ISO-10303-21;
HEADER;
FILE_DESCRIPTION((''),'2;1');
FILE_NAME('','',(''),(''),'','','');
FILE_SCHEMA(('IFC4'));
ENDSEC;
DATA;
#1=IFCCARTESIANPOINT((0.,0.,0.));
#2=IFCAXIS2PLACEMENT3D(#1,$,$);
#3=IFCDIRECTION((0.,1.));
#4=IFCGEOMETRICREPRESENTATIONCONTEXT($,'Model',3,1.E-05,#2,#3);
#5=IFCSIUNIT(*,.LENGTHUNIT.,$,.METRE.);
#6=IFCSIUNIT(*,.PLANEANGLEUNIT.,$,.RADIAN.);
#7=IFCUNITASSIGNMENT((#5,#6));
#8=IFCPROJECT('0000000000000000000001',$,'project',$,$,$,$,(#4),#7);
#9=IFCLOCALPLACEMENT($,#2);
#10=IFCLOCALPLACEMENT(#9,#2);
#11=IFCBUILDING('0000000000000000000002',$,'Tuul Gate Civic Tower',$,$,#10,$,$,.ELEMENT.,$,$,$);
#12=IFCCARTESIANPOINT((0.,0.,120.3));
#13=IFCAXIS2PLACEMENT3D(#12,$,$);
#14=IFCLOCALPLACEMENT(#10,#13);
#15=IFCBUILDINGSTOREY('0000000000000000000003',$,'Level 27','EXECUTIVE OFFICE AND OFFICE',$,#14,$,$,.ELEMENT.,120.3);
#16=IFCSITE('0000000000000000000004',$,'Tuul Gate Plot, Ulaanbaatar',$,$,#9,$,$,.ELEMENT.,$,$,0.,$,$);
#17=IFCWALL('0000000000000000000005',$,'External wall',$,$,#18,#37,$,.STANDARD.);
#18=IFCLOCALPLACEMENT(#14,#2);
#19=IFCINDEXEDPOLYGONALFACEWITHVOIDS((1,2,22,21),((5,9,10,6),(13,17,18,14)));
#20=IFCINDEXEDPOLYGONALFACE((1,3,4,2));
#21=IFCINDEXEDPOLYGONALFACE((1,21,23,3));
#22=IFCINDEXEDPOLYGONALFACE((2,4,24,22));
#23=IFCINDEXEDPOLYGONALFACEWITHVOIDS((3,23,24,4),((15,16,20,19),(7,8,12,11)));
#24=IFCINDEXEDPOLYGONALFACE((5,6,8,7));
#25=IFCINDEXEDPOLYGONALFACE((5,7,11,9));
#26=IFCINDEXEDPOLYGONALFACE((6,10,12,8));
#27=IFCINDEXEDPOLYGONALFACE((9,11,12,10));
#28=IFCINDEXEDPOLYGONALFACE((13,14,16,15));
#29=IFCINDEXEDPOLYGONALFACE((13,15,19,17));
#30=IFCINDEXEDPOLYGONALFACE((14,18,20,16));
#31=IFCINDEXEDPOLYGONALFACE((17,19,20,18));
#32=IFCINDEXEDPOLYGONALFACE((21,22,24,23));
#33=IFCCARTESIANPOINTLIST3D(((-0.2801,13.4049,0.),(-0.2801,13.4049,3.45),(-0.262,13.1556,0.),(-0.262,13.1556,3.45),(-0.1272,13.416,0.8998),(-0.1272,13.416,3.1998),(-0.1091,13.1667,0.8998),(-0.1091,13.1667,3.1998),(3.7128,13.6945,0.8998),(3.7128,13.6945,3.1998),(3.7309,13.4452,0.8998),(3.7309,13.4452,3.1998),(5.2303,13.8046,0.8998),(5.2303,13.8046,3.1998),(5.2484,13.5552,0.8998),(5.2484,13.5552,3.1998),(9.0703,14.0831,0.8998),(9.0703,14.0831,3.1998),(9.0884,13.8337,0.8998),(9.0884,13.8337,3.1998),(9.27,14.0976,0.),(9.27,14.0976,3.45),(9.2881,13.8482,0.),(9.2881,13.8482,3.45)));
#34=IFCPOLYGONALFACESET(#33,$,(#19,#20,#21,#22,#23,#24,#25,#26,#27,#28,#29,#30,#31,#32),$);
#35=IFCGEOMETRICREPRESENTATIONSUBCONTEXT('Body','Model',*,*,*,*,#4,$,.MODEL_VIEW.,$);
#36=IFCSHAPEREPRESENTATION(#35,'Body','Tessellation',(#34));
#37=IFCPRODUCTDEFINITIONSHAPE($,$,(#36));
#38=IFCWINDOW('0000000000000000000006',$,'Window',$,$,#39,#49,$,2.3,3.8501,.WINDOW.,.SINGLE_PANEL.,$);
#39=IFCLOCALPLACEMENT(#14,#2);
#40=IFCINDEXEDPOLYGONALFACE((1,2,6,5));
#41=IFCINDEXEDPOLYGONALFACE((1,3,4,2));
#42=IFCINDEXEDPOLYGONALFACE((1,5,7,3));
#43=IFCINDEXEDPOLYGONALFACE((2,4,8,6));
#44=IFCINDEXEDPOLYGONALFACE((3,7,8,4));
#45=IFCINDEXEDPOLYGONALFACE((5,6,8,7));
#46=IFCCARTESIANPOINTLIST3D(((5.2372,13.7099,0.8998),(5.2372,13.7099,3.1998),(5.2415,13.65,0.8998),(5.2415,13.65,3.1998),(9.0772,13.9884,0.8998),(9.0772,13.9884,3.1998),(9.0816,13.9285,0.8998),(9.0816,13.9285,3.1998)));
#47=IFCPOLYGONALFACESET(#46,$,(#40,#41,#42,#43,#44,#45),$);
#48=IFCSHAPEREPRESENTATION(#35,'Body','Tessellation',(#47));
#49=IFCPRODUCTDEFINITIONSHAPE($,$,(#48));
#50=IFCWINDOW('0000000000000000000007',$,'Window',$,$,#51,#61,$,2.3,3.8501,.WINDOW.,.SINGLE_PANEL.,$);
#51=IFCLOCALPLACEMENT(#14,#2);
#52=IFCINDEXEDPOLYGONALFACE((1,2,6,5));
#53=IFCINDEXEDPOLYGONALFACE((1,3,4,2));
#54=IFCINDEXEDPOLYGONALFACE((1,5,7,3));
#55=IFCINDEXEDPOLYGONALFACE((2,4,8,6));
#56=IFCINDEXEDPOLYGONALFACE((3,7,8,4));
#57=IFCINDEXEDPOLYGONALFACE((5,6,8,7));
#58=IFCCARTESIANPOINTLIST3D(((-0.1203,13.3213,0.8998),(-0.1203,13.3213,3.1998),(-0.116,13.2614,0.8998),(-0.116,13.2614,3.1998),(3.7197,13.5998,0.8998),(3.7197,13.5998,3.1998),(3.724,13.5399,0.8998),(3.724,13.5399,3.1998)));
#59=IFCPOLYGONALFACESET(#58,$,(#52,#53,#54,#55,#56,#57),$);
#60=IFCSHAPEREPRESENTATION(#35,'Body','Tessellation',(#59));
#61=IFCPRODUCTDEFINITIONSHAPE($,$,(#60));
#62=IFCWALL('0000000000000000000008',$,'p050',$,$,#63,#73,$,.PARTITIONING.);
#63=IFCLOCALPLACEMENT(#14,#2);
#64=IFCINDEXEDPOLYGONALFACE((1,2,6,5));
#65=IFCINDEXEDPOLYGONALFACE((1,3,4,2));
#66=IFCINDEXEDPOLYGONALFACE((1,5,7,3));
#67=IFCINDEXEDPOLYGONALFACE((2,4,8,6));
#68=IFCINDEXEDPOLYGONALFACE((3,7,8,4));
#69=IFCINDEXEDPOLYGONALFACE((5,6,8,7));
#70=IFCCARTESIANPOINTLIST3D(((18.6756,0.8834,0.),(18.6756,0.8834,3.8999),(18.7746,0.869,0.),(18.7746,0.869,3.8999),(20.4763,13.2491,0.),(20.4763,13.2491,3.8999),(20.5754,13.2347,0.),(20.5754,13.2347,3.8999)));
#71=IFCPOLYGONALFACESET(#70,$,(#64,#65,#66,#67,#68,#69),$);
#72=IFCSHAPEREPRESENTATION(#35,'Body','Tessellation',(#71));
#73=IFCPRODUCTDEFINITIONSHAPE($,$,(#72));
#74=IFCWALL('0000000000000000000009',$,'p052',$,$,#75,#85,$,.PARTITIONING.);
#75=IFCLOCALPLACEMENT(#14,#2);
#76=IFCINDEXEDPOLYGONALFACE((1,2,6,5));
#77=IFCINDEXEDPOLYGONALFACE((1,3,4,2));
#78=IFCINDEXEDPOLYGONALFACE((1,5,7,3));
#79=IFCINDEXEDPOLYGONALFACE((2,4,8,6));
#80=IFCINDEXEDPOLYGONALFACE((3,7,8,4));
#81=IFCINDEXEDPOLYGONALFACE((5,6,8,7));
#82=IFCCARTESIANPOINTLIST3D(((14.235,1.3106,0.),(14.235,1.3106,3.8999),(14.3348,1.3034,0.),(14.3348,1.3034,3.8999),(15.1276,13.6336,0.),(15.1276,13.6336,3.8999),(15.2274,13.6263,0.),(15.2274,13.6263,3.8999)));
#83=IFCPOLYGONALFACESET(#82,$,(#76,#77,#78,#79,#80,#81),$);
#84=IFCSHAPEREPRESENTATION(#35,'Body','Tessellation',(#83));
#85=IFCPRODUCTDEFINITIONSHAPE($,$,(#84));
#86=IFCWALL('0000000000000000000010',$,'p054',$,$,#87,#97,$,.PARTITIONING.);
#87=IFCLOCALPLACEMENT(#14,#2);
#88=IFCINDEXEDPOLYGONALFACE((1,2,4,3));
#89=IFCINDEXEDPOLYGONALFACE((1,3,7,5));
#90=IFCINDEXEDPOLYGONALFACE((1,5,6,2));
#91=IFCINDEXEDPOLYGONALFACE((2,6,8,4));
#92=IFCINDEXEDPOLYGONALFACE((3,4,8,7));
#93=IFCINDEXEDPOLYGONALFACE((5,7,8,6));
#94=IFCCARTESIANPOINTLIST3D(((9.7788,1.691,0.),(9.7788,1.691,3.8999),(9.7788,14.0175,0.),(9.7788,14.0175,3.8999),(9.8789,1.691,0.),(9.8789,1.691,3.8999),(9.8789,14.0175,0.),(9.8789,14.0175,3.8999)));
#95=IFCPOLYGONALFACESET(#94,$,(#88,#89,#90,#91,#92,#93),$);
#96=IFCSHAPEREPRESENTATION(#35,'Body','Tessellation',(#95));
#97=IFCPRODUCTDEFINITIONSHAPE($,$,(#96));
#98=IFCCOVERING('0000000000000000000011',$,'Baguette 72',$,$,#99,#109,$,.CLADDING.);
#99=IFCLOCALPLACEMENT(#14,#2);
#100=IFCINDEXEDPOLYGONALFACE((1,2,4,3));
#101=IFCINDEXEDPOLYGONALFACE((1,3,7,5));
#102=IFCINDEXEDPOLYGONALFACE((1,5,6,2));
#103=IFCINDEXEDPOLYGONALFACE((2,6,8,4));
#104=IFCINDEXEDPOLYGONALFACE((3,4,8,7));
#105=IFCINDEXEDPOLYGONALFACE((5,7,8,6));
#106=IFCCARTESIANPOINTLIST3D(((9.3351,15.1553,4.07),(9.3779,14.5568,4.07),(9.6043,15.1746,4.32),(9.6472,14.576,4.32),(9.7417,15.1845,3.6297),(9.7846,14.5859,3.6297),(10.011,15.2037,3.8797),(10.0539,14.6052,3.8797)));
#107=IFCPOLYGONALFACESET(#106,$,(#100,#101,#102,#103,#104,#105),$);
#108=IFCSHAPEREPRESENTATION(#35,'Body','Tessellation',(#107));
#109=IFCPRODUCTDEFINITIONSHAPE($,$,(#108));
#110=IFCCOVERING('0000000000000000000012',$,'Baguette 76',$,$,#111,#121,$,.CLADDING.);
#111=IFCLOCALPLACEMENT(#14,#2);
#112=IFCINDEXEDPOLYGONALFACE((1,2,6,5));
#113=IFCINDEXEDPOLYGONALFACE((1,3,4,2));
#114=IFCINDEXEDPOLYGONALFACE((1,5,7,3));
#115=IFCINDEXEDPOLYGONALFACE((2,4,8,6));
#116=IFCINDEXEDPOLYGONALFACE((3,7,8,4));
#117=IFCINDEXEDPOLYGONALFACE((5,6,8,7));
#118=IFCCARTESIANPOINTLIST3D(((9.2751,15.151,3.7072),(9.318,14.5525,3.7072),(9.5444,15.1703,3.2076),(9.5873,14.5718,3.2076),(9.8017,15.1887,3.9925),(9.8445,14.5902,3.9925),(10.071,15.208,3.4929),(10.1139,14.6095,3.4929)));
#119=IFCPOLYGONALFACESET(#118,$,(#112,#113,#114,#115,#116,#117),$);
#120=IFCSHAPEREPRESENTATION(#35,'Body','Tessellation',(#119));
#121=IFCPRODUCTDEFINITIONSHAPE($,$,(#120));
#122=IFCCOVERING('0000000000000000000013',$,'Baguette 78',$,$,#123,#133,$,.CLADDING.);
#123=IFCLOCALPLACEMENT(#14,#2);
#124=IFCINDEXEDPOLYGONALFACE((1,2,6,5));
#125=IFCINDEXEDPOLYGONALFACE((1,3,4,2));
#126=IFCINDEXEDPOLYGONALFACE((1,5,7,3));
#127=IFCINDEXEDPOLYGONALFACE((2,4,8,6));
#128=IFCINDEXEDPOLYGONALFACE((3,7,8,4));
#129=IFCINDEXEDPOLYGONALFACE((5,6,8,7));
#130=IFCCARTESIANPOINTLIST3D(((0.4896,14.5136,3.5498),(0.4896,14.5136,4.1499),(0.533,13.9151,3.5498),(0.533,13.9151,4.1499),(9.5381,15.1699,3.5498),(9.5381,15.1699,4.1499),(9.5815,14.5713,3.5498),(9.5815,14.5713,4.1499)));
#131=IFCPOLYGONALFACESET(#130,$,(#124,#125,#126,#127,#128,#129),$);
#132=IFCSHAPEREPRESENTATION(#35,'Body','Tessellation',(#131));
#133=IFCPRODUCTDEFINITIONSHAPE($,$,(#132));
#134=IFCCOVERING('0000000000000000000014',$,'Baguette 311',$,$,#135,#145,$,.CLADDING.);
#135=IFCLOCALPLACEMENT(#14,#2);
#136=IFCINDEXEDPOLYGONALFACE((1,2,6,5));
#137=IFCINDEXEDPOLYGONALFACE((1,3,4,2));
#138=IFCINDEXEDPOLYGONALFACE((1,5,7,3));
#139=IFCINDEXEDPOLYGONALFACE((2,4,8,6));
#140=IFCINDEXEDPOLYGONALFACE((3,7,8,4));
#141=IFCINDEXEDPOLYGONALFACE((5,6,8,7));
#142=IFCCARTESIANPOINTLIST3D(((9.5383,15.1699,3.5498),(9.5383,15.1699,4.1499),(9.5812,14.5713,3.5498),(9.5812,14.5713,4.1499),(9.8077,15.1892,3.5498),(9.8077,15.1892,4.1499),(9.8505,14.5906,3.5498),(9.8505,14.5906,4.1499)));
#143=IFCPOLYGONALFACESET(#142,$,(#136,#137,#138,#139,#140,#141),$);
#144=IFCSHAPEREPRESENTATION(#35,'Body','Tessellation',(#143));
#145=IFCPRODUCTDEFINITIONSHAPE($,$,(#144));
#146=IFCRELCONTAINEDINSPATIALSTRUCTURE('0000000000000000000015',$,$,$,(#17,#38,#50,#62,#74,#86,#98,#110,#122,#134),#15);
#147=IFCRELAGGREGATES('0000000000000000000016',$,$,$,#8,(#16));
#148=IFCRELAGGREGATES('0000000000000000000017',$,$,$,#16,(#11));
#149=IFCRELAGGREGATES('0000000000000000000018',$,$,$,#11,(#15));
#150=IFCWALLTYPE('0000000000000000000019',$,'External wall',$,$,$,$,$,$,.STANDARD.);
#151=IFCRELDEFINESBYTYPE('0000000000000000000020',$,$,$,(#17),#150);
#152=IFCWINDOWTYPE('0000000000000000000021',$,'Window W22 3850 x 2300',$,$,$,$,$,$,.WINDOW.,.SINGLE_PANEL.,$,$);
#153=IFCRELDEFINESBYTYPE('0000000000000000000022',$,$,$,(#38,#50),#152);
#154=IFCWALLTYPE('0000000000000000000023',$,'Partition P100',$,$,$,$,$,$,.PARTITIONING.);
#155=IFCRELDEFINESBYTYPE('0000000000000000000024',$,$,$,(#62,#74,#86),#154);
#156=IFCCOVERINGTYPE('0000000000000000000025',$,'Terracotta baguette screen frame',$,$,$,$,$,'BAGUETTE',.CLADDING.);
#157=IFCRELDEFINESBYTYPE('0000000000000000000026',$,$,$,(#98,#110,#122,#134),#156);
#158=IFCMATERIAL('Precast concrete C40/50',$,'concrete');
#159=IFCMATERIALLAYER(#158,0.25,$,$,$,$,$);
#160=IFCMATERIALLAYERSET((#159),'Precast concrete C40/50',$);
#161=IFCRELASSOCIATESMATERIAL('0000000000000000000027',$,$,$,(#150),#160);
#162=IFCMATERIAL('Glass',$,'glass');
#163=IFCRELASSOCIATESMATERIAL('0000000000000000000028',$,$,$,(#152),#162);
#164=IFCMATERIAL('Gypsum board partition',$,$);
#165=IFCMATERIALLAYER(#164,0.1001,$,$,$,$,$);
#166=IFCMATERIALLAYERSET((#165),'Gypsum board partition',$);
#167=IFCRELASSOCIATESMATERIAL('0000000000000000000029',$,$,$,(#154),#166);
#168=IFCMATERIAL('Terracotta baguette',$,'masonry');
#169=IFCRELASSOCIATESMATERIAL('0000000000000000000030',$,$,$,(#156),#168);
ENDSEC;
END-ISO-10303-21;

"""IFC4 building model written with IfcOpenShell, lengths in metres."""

from ifc_helpers import new_model, si_unit, direction, frame, frame_2d, origin, origin_2d, place, context, subcontext, project, spatial, rectangle, extrude, material, layer, layer_set, material_profile, profile_set, type_object, element, fill, save


model = new_model("IFC4")

# Units and contexts
model_context = context("Model", 3, precision=1e-05, world=origin(), true_north=direction((0.0, 1.0)))
body_context = subcontext(model_context, "Body", "Model", "MODEL_VIEW")
ifc_project = project(units=[si_unit("LENGTHUNIT", "METRE"), si_unit("PLANEANGLEUNIT", "RADIAN")], contexts=[model_context])

# Site, building, storey
site_placement = place(None, origin())
site = spatial("IfcSite", under=ifc_project, at=site_placement, Name="Tuul Gate Plot, Ulaanbaatar", CompositionType="ELEMENT", RefElevation=0.0)
building_placement = place(site_placement, origin())
building = spatial("IfcBuilding", under=site, at=building_placement, Name="Tuul Gate Civic Tower", CompositionType="ELEMENT")
storey_placement = place(building_placement, frame((0.0, 0.0, 120.3)))
storey = spatial("IfcBuildingStorey", under=building, at=storey_placement, Name="Level 27", Description="EXECUTIVE OFFICE AND OFFICE", CompositionType="ELEMENT", Elevation=120.3)

# Wall, openings, windows
ifc_material_1 = material(Name="Precast concrete C40/50", Category="concrete")
ifc_layer_1 = layer(ifc_material_1, 0.25)
ifc_layer_set_1 = layer_set([ifc_layer_1], Name="Precast concrete C40/50")
wall_type_1 = type_object("IfcWallType", Name="External wall", PredefinedType="STANDARD", material=ifc_layer_set_1)
ifc_material_2 = material(Name="Glass", Category="glass")
window_type = type_object("IfcWindowType", Name="Window W22 3850 x 2300", PartitioningType="SINGLE_PANEL", PredefinedType="WINDOW", material=ifc_material_2)
wall_1_placement = place(storey_placement, frame((9.2791, 13.9729, 0.0), z_axis=(0.0, 0.0, 1.0), x_axis=(-0.99738, -0.072336, 0.0)))
wall_1 = element("IfcWall", 1, at=wall_1_placement, inside=storey, type_object=wall_type_1, Name="External wall", PredefinedType="STANDARD", context=body_context, shape_type="SweptSolid", body=[
    extrude(rectangle(XDim=9.5752, YDim=0.25, at=frame_2d((4.7876, 0.0))), origin(), (0.0, 0.0, 1.0), 3.45),
])
opening_1_placement = place(wall_1_placement, frame((0.2002, 0.0, 0.8999)))
opening_1 = element("IfcOpeningElement", 2, at=opening_1_placement, cuts=wall_1, PredefinedType="OPENING", context=body_context, shape_type="SweptSolid", body=[
    extrude(rectangle(XDim=3.8501, YDim=2.3, at=frame_2d((1.925, 1.1499))), frame((0.0, 0.135, 0.0), z_axis=(0.0, -1.0, 0.0), x_axis=(1.0, 0.0, 0.0)), (0.0, 0.0, 1.0), 0.27),
])
opening_2_placement = place(wall_1_placement, frame((5.5718, 0.0, 0.8999)))
opening_2 = element("IfcOpeningElement", 3, at=opening_2_placement, cuts=wall_1, PredefinedType="OPENING", context=body_context, shape_type="SweptSolid", body=[
    extrude(rectangle(XDim=3.8501, YDim=2.3, at=frame_2d((1.925, 1.1499))), frame((0.0, 0.135, 0.0), z_axis=(0.0, -1.0, 0.0), x_axis=(1.0, 0.0, 0.0)), (0.0, 0.0, 1.0), 0.27),
])
window_1_placement = place(opening_1_placement, origin())
window_1 = element("IfcWindow", 4, at=window_1_placement, inside=storey, type_object=window_type, Name="Window", OverallHeight=2.3, OverallWidth=3.8501, PartitioningType="SINGLE_PANEL", PredefinedType="WINDOW", context=body_context, shape_type="SweptSolid", body=[
    extrude(rectangle(XDim=3.8501, YDim=2.3, at=frame_2d((1.925, 1.1499))), frame((0.0, 0.03, 0.0), z_axis=(0.0, -1.0, 0.0), x_axis=(1.0, 0.0, 0.0)), (0.0, 0.0, 1.0), 0.0601),
])
fill(opening_1, window_1)
window_2_placement = place(opening_2_placement, origin())
window_2 = element("IfcWindow", 5, at=window_2_placement, inside=storey, type_object=window_type, Name="Window", OverallHeight=2.3, OverallWidth=3.8501, PartitioningType="SINGLE_PANEL", PredefinedType="WINDOW", context=body_context, shape_type="SweptSolid", body=[
    extrude(rectangle(XDim=3.8501, YDim=2.3, at=frame_2d((1.925, 1.1499))), frame((0.0, 0.03, 0.0), z_axis=(0.0, -1.0, 0.0), x_axis=(1.0, 0.0, 0.0)), (0.0, 0.0, 1.0), 0.0601),
])
fill(opening_2, window_2)

# Walls
ifc_material_3 = material(Name="Gypsum board partition")
ifc_layer_2 = layer(ifc_material_3, 0.1001)
ifc_layer_set_2 = layer_set([ifc_layer_2], Name="Gypsum board partition")
wall_type_2 = type_object("IfcWallType", Name="Partition P100", PredefinedType="PARTITIONING", material=ifc_layer_set_2)
wall_2_placement = place(storey_placement, frame((18.7251, 0.8762, 0.0), z_axis=(0.0, 0.0, 1.0), x_axis=(0.144107, 0.989562, 0.0)))
element("IfcWall", 6, at=wall_2_placement, inside=storey, type_object=wall_type_2, Name="p050", PredefinedType="PARTITIONING", context=body_context, shape_type="SweptSolid", body=[
    extrude(rectangle(XDim=12.4961, YDim=0.1001, at=frame_2d((6.248, 0.0))), origin(), (0.0, 0.0, 1.0), 3.8999),
])
wall_3_placement = place(storey_placement, frame((14.2849, 1.3069, 0.0), z_axis=(0.0, 0.0, 1.0), x_axis=(0.072243, 0.997387, 0.0)))
element("IfcWall", 7, at=wall_3_placement, inside=storey, type_object=wall_type_2, Name="p052", PredefinedType="PARTITIONING", context=body_context, shape_type="SweptSolid", body=[
    extrude(rectangle(XDim=12.3552, YDim=0.1001, at=frame_2d((6.1777, 0.0))), origin(), (0.0, 0.0, 1.0), 3.8999),
])
wall_4_placement = place(storey_placement, frame((9.8289, 1.6912, 0.0), z_axis=(0.0, 0.0, 1.0), x_axis=(0.0, 1.0, 0.0)))
element("IfcWall", 8, at=wall_4_placement, inside=storey, type_object=wall_type_2, Name="p054", PredefinedType="PARTITIONING", context=body_context, shape_type="SweptSolid", body=[
    extrude(rectangle(XDim=12.3264, YDim=0.1001, at=frame_2d((6.1631, 0.0))), origin(), (0.0, 0.0, 1.0), 3.8999),
])

# Coverings
ifc_material_4 = material(Name="Terracotta baguette", Category="masonry")
ifc_material_profile_1 = material_profile(ifc_material_4, rectangle(XDim=0.6001, YDim=0.6001, at=origin_2d()), Name="Terracotta baguette screen frame")
ifc_profile_set_1 = profile_set([ifc_material_profile_1], Name="Terracotta baguette")
covering_type = type_object("IfcCoveringType", Name="Terracotta baguette screen frame", ElementType="BAGUETTE", PredefinedType="CLADDING", material=ifc_profile_set_1)
covering_1_placement = place(storey_placement, frame((9.8291, 14.8899, 4.0999), z_axis=(-0.731857, -0.052418, -0.679439), x_axis=(0.07144, -0.997445, 0.0)))
element("IfcCovering", 9, at=covering_1_placement, inside=storey, type_object=covering_type, Name="Baguette 72", PredefinedType="CLADDING", context=body_context, shape_type="SweptSolid", body=[
    extrude(rectangle(XDim=0.6001, YDim=0.6001, at=origin_2d()), origin(), (0.0, 0.0, 1.0), 0.3679),
])
covering_2_placement = place(storey_placement, frame((9.5598, 14.8706, 3.8499), z_axis=(0.474262, 0.033968, -0.879728), x_axis=(-0.07144, 0.997445, 0.0)))
element("IfcCovering", 10, at=covering_2_placement, inside=storey, type_object=covering_type, Name="Baguette 76", PredefinedType="CLADDING", context=body_context, shape_type="SweptSolid", body=[
    extrude(rectangle(XDim=0.6001, YDim=0.6001, at=origin_2d()), origin(), (0.0, 0.0, 1.0), 0.5679),
])
covering_3_placement = place(storey_placement, frame((9.5598, 14.8706, 3.8499), z_axis=(-0.99738, -0.072335, 0.0), x_axis=(0.072335, -0.99738, 0.0)))
element("IfcCovering", 11, at=covering_3_placement, inside=storey, type_object=covering_type, Name="Baguette 78", PredefinedType="CLADDING", context=body_context, shape_type="SweptSolid", body=[
    extrude(rectangle(XDim=0.6001, YDim=0.6001, at=origin_2d()), origin(), (0.0, 0.0, 1.0), 9.0723),
])
covering_4_placement = place(storey_placement, frame((9.8291, 14.8899, 3.8499), z_axis=(-0.997445, -0.07144, 0.0), x_axis=(0.07144, -0.997445, 0.0)))
element("IfcCovering", 12, at=covering_4_placement, inside=storey, type_object=covering_type, Name="Baguette 311", PredefinedType="CLADDING", context=body_context, shape_type="SweptSolid", body=[
    extrude(rectangle(XDim=0.6001, YDim=0.6001, at=origin_2d()), origin(), (0.0, 0.0, 1.0), 0.27),
])

save(model, "model.ifc")
